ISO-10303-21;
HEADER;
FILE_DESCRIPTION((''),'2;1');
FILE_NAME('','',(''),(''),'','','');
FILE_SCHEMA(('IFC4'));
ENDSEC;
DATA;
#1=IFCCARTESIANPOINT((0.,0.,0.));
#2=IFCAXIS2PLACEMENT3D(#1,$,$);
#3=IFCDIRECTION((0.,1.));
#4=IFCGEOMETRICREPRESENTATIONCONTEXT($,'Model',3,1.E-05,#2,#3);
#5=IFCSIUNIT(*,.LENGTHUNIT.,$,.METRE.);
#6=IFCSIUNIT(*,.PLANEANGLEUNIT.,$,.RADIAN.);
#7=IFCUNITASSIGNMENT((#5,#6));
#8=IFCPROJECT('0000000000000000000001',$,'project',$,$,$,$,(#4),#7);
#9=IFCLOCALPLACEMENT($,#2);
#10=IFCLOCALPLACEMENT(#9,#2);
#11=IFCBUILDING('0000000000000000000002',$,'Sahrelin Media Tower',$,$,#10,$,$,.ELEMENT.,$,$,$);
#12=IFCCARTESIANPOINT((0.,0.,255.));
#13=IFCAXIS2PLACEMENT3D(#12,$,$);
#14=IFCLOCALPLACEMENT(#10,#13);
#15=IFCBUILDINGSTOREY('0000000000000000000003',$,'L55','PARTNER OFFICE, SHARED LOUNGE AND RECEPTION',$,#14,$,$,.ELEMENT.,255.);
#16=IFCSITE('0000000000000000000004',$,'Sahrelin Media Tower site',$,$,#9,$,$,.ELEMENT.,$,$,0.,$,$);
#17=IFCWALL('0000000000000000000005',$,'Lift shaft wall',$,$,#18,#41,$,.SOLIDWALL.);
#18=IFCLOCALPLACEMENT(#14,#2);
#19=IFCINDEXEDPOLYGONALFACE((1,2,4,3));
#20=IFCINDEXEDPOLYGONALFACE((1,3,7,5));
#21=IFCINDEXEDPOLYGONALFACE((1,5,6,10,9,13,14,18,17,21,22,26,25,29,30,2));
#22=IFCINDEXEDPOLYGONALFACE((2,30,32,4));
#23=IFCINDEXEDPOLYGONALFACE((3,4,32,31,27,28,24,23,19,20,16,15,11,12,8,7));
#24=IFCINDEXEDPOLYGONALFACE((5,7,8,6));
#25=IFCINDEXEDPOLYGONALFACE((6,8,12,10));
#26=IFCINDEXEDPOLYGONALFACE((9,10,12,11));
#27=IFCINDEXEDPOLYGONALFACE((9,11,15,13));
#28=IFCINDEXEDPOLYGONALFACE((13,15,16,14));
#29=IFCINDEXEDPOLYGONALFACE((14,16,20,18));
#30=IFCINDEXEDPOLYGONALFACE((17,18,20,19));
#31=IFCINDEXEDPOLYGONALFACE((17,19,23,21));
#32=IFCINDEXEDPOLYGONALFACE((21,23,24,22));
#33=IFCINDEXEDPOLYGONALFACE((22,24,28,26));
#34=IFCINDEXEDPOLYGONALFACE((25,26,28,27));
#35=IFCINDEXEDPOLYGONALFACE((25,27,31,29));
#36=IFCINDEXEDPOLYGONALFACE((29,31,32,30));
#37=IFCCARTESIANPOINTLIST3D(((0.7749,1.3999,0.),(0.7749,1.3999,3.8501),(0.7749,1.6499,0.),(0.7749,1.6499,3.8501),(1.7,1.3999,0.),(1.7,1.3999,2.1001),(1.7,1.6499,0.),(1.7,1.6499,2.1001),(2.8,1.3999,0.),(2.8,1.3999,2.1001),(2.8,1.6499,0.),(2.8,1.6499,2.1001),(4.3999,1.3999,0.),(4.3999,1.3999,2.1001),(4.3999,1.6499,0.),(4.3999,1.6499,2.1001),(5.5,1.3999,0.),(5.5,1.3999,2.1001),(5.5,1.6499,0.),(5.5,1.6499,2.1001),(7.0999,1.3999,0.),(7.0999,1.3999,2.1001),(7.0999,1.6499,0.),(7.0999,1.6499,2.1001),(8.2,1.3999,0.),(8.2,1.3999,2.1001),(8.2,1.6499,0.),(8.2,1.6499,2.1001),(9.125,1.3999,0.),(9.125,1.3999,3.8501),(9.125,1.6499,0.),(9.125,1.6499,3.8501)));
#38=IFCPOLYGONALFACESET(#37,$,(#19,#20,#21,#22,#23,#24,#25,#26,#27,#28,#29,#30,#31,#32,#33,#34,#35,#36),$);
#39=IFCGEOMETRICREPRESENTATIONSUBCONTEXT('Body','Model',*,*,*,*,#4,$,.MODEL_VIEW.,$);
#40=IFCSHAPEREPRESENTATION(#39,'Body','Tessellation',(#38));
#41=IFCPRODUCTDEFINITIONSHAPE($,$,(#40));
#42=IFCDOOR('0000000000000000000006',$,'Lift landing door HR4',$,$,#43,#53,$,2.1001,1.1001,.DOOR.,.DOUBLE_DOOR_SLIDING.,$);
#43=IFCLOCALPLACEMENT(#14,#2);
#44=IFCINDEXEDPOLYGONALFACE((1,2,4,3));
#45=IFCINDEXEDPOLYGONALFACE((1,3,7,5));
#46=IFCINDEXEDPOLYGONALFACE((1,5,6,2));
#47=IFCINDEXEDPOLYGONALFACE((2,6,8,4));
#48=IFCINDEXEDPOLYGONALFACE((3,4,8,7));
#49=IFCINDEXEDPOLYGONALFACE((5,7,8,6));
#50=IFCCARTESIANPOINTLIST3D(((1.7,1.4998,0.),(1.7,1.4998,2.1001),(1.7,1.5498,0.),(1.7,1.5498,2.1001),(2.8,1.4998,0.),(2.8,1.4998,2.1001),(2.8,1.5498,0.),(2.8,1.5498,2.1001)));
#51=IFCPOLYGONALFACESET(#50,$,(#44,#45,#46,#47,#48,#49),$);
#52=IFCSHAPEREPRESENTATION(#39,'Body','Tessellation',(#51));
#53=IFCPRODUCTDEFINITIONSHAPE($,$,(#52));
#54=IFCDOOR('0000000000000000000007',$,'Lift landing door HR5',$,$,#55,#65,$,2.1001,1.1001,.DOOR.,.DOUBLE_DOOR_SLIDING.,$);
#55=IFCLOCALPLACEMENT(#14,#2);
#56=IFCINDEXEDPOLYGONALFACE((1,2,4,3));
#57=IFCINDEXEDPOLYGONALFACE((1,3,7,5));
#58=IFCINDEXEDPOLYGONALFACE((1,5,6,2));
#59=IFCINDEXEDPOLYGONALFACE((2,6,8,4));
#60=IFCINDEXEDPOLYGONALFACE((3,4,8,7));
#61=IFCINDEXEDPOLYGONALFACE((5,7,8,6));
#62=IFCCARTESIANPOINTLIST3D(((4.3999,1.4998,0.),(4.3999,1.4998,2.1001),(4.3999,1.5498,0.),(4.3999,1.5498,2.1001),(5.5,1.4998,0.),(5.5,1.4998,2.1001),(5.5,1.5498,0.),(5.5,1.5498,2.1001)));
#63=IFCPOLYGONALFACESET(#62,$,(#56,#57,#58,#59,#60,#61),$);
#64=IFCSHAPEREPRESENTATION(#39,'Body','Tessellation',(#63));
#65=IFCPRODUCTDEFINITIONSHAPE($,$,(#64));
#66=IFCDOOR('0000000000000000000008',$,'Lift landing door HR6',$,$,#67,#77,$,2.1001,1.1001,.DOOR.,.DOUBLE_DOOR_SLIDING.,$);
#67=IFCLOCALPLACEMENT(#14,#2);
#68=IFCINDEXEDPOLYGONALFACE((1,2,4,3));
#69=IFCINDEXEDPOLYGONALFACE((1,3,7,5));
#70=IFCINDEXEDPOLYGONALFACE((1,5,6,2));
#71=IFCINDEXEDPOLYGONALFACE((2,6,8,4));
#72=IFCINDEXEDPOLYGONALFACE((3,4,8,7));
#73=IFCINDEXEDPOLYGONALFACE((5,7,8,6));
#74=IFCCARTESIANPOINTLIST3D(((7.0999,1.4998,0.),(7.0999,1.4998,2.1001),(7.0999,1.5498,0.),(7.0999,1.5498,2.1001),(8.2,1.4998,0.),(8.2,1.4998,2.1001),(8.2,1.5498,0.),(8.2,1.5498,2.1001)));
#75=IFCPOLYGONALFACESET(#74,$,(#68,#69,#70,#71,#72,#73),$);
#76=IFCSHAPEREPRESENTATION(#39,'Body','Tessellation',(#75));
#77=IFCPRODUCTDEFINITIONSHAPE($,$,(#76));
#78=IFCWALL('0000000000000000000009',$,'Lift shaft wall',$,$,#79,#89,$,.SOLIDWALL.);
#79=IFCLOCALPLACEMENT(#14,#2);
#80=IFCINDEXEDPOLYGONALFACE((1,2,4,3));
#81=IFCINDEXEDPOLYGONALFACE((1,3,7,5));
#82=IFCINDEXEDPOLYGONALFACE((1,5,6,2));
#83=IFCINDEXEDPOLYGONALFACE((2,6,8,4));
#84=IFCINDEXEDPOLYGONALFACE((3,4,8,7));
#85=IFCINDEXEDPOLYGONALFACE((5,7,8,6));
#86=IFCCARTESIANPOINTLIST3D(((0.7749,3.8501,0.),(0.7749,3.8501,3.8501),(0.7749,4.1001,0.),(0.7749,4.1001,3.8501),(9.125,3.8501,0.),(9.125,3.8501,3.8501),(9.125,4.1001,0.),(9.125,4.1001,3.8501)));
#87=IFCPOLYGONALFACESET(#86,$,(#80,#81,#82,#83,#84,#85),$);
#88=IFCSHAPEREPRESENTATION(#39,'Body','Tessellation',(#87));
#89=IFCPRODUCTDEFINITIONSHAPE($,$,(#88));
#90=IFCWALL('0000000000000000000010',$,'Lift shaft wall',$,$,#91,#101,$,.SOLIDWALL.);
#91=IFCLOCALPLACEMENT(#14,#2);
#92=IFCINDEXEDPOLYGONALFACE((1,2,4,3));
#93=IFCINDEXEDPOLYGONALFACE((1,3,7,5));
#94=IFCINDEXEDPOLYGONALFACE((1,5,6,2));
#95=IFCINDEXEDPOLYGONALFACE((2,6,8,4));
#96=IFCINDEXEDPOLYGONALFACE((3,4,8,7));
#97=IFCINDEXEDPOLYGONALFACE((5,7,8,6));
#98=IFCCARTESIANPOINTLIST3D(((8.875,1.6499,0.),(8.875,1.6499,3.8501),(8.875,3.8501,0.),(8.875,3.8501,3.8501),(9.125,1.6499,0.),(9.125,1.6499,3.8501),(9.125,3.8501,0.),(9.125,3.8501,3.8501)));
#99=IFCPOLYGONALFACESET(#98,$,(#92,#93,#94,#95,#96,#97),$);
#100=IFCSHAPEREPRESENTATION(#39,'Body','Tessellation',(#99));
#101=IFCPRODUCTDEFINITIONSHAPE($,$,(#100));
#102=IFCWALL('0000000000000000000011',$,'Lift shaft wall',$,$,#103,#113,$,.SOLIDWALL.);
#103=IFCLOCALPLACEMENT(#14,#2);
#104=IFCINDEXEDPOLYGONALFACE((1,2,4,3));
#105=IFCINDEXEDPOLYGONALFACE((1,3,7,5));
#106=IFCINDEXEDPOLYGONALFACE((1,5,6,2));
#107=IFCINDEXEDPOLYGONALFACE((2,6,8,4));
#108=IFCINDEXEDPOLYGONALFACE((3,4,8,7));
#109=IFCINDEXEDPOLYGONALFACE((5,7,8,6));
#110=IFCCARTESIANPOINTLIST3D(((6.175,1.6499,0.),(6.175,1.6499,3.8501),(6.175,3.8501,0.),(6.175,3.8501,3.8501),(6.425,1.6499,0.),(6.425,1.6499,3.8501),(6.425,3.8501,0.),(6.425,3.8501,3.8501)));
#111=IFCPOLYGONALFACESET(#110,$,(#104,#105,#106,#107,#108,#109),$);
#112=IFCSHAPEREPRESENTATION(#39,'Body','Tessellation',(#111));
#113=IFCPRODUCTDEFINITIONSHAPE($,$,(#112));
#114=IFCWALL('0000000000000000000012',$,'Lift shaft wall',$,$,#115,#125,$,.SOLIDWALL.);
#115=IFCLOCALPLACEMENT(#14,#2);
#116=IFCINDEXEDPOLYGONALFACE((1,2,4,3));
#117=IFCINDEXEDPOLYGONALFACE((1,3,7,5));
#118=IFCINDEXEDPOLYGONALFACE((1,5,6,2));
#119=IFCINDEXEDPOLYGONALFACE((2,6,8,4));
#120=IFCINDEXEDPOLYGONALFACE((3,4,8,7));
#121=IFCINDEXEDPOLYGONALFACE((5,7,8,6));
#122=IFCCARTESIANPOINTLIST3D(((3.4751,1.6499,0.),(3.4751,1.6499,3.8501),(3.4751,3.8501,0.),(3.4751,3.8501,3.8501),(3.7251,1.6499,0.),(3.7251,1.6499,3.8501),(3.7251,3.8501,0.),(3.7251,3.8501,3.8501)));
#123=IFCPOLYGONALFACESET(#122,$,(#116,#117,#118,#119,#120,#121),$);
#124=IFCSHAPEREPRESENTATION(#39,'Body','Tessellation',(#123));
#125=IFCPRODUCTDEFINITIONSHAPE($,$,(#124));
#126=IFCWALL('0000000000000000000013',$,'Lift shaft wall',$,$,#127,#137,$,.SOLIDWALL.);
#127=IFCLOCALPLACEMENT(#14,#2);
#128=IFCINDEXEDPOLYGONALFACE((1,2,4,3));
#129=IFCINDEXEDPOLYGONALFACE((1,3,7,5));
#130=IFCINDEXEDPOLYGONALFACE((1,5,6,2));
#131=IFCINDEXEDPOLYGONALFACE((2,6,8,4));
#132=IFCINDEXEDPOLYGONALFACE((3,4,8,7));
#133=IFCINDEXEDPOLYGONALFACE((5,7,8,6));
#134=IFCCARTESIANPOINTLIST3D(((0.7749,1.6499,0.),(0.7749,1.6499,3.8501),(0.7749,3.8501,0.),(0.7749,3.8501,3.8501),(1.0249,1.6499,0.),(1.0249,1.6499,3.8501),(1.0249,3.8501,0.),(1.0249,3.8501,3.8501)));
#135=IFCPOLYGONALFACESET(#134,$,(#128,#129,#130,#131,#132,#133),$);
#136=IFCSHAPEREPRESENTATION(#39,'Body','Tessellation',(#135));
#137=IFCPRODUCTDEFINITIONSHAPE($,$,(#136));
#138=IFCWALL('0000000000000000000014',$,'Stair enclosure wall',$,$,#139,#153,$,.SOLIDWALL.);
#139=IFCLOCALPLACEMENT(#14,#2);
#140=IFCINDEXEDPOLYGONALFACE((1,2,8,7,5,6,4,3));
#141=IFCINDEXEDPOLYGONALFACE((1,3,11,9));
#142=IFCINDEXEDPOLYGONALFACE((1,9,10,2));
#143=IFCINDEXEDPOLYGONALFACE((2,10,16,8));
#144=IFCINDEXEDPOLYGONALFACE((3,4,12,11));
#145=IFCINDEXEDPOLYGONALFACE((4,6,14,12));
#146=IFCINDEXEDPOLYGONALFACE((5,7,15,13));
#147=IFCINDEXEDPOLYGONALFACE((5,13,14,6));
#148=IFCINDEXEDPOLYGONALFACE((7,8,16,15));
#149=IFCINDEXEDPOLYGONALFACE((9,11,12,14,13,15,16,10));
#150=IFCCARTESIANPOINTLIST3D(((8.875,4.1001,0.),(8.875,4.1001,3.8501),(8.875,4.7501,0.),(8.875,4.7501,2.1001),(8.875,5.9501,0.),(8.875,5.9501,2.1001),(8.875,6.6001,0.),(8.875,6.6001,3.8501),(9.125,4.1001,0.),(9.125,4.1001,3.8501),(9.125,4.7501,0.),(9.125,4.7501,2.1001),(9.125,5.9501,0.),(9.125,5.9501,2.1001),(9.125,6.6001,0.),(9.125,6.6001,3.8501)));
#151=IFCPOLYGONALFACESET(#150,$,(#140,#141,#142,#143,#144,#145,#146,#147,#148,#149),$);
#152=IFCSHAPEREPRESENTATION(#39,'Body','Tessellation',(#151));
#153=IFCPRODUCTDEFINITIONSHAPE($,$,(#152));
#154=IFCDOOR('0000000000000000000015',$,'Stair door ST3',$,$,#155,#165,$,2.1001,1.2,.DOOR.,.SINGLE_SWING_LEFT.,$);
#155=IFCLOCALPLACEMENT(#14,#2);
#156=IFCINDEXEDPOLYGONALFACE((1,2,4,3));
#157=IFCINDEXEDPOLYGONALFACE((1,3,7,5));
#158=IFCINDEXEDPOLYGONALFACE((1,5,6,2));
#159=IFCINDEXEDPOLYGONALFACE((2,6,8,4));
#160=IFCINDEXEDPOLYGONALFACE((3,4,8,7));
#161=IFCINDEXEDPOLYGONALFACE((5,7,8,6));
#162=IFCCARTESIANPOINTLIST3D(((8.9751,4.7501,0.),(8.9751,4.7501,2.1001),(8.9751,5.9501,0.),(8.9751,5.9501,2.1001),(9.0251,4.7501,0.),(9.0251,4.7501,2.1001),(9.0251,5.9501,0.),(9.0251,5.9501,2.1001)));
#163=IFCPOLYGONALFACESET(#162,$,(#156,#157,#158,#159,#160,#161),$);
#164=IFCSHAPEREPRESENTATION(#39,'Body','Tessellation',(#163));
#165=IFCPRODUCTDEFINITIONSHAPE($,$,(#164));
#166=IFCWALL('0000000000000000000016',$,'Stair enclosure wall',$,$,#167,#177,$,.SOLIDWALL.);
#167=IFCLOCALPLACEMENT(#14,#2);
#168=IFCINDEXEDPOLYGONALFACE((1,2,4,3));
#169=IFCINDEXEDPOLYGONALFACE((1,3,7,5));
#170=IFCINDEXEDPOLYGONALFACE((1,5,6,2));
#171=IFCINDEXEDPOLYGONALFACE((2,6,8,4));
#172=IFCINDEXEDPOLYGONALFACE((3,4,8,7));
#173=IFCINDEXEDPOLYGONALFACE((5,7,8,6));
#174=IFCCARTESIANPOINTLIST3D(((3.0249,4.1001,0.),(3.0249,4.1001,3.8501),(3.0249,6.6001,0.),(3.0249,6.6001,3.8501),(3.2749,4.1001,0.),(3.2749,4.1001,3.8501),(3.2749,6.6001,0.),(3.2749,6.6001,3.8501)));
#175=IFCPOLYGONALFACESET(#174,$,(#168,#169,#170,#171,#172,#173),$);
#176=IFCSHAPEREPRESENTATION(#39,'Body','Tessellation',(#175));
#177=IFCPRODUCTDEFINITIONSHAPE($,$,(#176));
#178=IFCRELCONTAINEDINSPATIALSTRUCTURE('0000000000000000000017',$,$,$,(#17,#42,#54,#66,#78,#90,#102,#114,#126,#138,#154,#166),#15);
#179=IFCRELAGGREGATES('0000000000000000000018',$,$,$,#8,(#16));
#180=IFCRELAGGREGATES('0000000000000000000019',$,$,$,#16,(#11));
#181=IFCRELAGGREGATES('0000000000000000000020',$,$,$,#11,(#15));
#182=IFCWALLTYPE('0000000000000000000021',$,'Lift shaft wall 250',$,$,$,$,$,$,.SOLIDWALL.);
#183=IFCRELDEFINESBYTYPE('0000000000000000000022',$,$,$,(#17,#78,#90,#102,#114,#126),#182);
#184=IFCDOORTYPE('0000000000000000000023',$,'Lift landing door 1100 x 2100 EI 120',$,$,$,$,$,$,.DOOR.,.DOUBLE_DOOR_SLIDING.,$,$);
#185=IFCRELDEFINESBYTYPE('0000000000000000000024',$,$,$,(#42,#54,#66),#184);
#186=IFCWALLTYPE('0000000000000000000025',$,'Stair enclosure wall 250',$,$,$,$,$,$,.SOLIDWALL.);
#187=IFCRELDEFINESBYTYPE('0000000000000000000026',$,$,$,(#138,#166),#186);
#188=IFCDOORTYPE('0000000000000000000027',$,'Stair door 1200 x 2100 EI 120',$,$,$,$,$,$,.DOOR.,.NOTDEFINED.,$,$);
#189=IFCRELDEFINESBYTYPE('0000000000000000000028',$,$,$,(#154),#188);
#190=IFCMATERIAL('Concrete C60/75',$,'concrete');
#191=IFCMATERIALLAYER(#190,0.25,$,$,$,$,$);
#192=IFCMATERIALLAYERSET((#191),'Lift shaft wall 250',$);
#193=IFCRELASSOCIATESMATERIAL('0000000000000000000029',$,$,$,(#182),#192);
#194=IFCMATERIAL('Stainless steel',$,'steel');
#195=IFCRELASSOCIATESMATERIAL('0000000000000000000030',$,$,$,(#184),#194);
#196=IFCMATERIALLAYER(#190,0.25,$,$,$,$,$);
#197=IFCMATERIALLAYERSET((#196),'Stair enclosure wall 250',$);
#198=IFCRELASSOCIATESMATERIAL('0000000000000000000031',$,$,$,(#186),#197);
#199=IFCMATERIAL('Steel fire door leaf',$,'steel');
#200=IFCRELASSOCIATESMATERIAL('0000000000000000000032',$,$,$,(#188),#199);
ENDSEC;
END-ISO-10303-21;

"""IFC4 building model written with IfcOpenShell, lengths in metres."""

from ifc_helpers import new_model, si_unit, direction, frame, frame_2d, origin, place, context, subcontext, project, spatial, rectangle, extrude, material, layer, layer_set, type_object, element, fill, save


model = new_model("IFC4")

# Units and contexts
model_context = context("Model", 3, precision=1e-05, world=origin(), true_north=direction((0.0, 1.0)))
body_context = subcontext(model_context, "Body", "Model", "MODEL_VIEW")
ifc_project = project(units=[si_unit("LENGTHUNIT", "METRE"), si_unit("PLANEANGLEUNIT", "RADIAN")], contexts=[model_context])

# Site, building, storey
site_placement = place(None, origin())
site = spatial("IfcSite", under=ifc_project, at=site_placement, Name="Sahrelin Media Tower site", CompositionType="ELEMENT", RefElevation=0.0)
building_placement = place(site_placement, origin())
building = spatial("IfcBuilding", under=site, at=building_placement, Name="Sahrelin Media Tower", CompositionType="ELEMENT")
storey_placement = place(building_placement, frame((0.0, 0.0, 255.0)))
storey = spatial("IfcBuildingStorey", under=building, at=storey_placement, Name="L55", Description="PARTNER OFFICE, SHARED LOUNGE AND RECEPTION", CompositionType="ELEMENT", Elevation=255.0)

# Wall, openings, doors
ifc_material_1 = material(Name="Concrete C60/75", Category="concrete")
ifc_layer_1 = layer(ifc_material_1, 0.25)
ifc_layer_set_1 = layer_set([ifc_layer_1], Name="Lift shaft wall 250")
wall_type_1 = type_object("IfcWallType", Name="Lift shaft wall 250", PredefinedType="SOLIDWALL", material=ifc_layer_set_1)
wall_1_placement = place(storey_placement, frame((0.7749, 1.5249, 0.0), z_axis=(0.0, 0.0, 1.0), x_axis=(1.0, 0.0, 0.0)))
wall_1 = element("IfcWall", 1, at=wall_1_placement, inside=storey, type_object=wall_type_1, Name="Lift shaft wall", PredefinedType="SOLIDWALL", context=body_context, shape_type="SweptSolid", body=[
    extrude(rectangle(XDim=8.3501, YDim=0.25, at=frame_2d((4.175, 0.0))), origin(), (0.0, 0.0, 1.0), 3.8501),
])
opening_1_placement = place(wall_1_placement, frame((0.925, 0.0, 0.0)))
opening_1 = element("IfcOpeningElement", 2, at=opening_1_placement, cuts=wall_1, PredefinedType="OPENING", context=body_context, shape_type="SweptSolid", body=[
    extrude(rectangle(XDim=1.1001, YDim=2.1001, at=frame_2d((0.55, 1.05))), frame((0.0, 0.125, 0.0), z_axis=(0.0, -1.0, 0.0), x_axis=(1.0, 0.0, 0.0)), (0.0, 0.0, 1.0), 0.25),
])
opening_2_placement = place(wall_1_placement, frame((3.625, 0.0, 0.0)))
opening_2 = element("IfcOpeningElement", 3, at=opening_2_placement, cuts=wall_1, PredefinedType="OPENING", context=body_context, shape_type="SweptSolid", body=[
    extrude(rectangle(XDim=1.1001, YDim=2.1001, at=frame_2d((0.55, 1.05))), frame((0.0, 0.125, 0.0), z_axis=(0.0, -1.0, 0.0), x_axis=(1.0, 0.0, 0.0)), (0.0, 0.0, 1.0), 0.25),
])
opening_3_placement = place(wall_1_placement, frame((6.325, 0.0, 0.0)))
opening_3 = element("IfcOpeningElement", 4, at=opening_3_placement, cuts=wall_1, PredefinedType="OPENING", context=body_context, shape_type="SweptSolid", body=[
    extrude(rectangle(XDim=1.1001, YDim=2.1001, at=frame_2d((0.55, 1.05))), frame((0.0, 0.125, 0.0), z_axis=(0.0, -1.0, 0.0), x_axis=(1.0, 0.0, 0.0)), (0.0, 0.0, 1.0), 0.25),
])
ifc_material_2 = material(Name="Stainless steel", Category="steel")
door_type_1 = type_object("IfcDoorType", Name="Lift landing door 1100 x 2100 EI 120", OperationType="DOUBLE_DOOR_SLIDING", PredefinedType="DOOR", material=ifc_material_2)
door_1_placement = place(opening_1_placement, origin())
door_1 = element("IfcDoor", 5, at=door_1_placement, inside=storey, type_object=door_type_1, Name="Lift landing door HR4", OperationType="DOUBLE_DOOR_SLIDING", OverallHeight=2.1001, OverallWidth=1.1001, PredefinedType="DOOR", context=body_context, shape_type="SweptSolid", body=[
    extrude(rectangle(XDim=1.1001, YDim=2.1001, at=frame_2d((0.55, 1.05))), frame((0.0, 0.0249, 0.0), z_axis=(0.0, -1.0, 0.0), x_axis=(1.0, 0.0, 0.0)), (0.0, 0.0, 1.0), 0.05),
])
fill(opening_1, door_1)
door_2_placement = place(opening_2_placement, origin())
door_2 = element("IfcDoor", 6, at=door_2_placement, inside=storey, type_object=door_type_1, Name="Lift landing door HR5", OperationType="DOUBLE_DOOR_SLIDING", OverallHeight=2.1001, OverallWidth=1.1001, PredefinedType="DOOR", context=body_context, shape_type="SweptSolid", body=[
    extrude(rectangle(XDim=1.1001, YDim=2.1001, at=frame_2d((0.55, 1.05))), frame((0.0, 0.0249, 0.0), z_axis=(0.0, -1.0, 0.0), x_axis=(1.0, 0.0, 0.0)), (0.0, 0.0, 1.0), 0.05),
])
fill(opening_2, door_2)
door_3_placement = place(opening_3_placement, origin())
door_3 = element("IfcDoor", 7, at=door_3_placement, inside=storey, type_object=door_type_1, Name="Lift landing door HR6", OperationType="DOUBLE_DOOR_SLIDING", OverallHeight=2.1001, OverallWidth=1.1001, PredefinedType="DOOR", context=body_context, shape_type="SweptSolid", body=[
    extrude(rectangle(XDim=1.1001, YDim=2.1001, at=frame_2d((0.55, 1.05))), frame((0.0, 0.0249, 0.0), z_axis=(0.0, -1.0, 0.0), x_axis=(1.0, 0.0, 0.0)), (0.0, 0.0, 1.0), 0.05),
])
fill(opening_3, door_3)

# Walls
wall_2_placement = place(storey_placement, frame((0.7749, 3.9751, 0.0), z_axis=(0.0, 0.0, 1.0), x_axis=(1.0, 0.0, 0.0)))
element("IfcWall", 8, at=wall_2_placement, inside=storey, type_object=wall_type_1, Name="Lift shaft wall", PredefinedType="SOLIDWALL", context=body_context, shape_type="SweptSolid", body=[
    extrude(rectangle(XDim=8.3501, YDim=0.25, at=frame_2d((4.175, 0.0))), origin(), (0.0, 0.0, 1.0), 3.8501),
])
for number, where, z_axis, x_axis, name in (
    (9, (9.0, 1.6499, 0.0), (0.0, 0.0, 1.0), (0.0, 1.0, 0.0), "Lift shaft wall"),
    (10, (6.3, 1.6499, 0.0), (0.0, 0.0, 1.0), (0.0, 1.0, 0.0), "Lift shaft wall"),
    (11, (3.6001, 1.6499, 0.0), (0.0, 0.0, 1.0), (0.0, 1.0, 0.0), "Lift shaft wall"),
    (12, (0.8999, 1.6499, 0.0), (0.0, 0.0, 1.0), (0.0, 1.0, 0.0), "Lift shaft wall"),
):
    element("IfcWall", number, at=place(storey_placement, frame(where, z_axis=z_axis, x_axis=x_axis)), inside=storey, type_object=wall_type_1, Name=name, PredefinedType="SOLIDWALL", context=body_context, shape_type="SweptSolid", body=[
        extrude(rectangle(XDim=2.2002, YDim=0.25, at=frame_2d((1.1001, 0.0))), origin(), (0.0, 0.0, 1.0), 3.8501),
    ])

# Wall, opening, door
ifc_layer_2 = layer(ifc_material_1, 0.25)
ifc_layer_set_2 = layer_set([ifc_layer_2], Name="Stair enclosure wall 250")
wall_type_2 = type_object("IfcWallType", Name="Stair enclosure wall 250", PredefinedType="SOLIDWALL", material=ifc_layer_set_2)
wall_3_placement = place(storey_placement, frame((9.0, 4.1001, 0.0), z_axis=(0.0, 0.0, 1.0), x_axis=(0.0, 1.0, 0.0)))
wall_3 = element("IfcWall", 13, at=wall_3_placement, inside=storey, type_object=wall_type_2, Name="Stair enclosure wall", PredefinedType="SOLIDWALL", context=body_context, shape_type="SweptSolid", body=[
    extrude(rectangle(XDim=2.5, YDim=0.25, at=frame_2d((1.25, 0.0))), origin(), (0.0, 0.0, 1.0), 3.8501),
])
opening_4_placement = place(wall_3_placement, frame((0.6499, 0.0, 0.0)))
opening_4 = element("IfcOpeningElement", 14, at=opening_4_placement, cuts=wall_3, PredefinedType="OPENING", context=body_context, shape_type="SweptSolid", body=[
    extrude(rectangle(XDim=1.2, YDim=2.1001, at=frame_2d((0.6001, 1.05))), frame((0.0, 0.125, 0.0), z_axis=(0.0, -1.0, 0.0), x_axis=(1.0, 0.0, 0.0)), (0.0, 0.0, 1.0), 0.25),
])
ifc_material_3 = material(Name="Steel fire door leaf", Category="steel")
door_type_2 = type_object("IfcDoorType", Name="Stair door 1200 x 2100 EI 120", OperationType="NOTDEFINED", PredefinedType="DOOR", material=ifc_material_3)
door_4_placement = place(opening_4_placement, origin())
door_4 = element("IfcDoor", 15, at=door_4_placement, inside=storey, type_object=door_type_2, Name="Stair door ST3", OperationType="SINGLE_SWING_LEFT", OverallHeight=2.1001, OverallWidth=1.2, PredefinedType="DOOR", context=body_context, shape_type="SweptSolid", body=[
    extrude(rectangle(XDim=1.2, YDim=2.1001, at=frame_2d((0.6001, 1.05))), frame((0.0, 0.0249, 0.0), z_axis=(0.0, -1.0, 0.0), x_axis=(1.0, 0.0, 0.0)), (0.0, 0.0, 1.0), 0.05),
])
fill(opening_4, door_4)

# Wall
wall_4_placement = place(storey_placement, frame((3.1499, 4.1001, 0.0), z_axis=(0.0, 0.0, 1.0), x_axis=(0.0, 1.0, 0.0)))
element("IfcWall", 16, at=wall_4_placement, inside=storey, type_object=wall_type_2, Name="Stair enclosure wall", PredefinedType="SOLIDWALL", context=body_context, shape_type="SweptSolid", body=[
    extrude(rectangle(XDim=2.5, YDim=0.25, at=frame_2d((1.25, 0.0))), origin(), (0.0, 0.0, 1.0), 3.8501),
])

save(model, "model.ifc")
